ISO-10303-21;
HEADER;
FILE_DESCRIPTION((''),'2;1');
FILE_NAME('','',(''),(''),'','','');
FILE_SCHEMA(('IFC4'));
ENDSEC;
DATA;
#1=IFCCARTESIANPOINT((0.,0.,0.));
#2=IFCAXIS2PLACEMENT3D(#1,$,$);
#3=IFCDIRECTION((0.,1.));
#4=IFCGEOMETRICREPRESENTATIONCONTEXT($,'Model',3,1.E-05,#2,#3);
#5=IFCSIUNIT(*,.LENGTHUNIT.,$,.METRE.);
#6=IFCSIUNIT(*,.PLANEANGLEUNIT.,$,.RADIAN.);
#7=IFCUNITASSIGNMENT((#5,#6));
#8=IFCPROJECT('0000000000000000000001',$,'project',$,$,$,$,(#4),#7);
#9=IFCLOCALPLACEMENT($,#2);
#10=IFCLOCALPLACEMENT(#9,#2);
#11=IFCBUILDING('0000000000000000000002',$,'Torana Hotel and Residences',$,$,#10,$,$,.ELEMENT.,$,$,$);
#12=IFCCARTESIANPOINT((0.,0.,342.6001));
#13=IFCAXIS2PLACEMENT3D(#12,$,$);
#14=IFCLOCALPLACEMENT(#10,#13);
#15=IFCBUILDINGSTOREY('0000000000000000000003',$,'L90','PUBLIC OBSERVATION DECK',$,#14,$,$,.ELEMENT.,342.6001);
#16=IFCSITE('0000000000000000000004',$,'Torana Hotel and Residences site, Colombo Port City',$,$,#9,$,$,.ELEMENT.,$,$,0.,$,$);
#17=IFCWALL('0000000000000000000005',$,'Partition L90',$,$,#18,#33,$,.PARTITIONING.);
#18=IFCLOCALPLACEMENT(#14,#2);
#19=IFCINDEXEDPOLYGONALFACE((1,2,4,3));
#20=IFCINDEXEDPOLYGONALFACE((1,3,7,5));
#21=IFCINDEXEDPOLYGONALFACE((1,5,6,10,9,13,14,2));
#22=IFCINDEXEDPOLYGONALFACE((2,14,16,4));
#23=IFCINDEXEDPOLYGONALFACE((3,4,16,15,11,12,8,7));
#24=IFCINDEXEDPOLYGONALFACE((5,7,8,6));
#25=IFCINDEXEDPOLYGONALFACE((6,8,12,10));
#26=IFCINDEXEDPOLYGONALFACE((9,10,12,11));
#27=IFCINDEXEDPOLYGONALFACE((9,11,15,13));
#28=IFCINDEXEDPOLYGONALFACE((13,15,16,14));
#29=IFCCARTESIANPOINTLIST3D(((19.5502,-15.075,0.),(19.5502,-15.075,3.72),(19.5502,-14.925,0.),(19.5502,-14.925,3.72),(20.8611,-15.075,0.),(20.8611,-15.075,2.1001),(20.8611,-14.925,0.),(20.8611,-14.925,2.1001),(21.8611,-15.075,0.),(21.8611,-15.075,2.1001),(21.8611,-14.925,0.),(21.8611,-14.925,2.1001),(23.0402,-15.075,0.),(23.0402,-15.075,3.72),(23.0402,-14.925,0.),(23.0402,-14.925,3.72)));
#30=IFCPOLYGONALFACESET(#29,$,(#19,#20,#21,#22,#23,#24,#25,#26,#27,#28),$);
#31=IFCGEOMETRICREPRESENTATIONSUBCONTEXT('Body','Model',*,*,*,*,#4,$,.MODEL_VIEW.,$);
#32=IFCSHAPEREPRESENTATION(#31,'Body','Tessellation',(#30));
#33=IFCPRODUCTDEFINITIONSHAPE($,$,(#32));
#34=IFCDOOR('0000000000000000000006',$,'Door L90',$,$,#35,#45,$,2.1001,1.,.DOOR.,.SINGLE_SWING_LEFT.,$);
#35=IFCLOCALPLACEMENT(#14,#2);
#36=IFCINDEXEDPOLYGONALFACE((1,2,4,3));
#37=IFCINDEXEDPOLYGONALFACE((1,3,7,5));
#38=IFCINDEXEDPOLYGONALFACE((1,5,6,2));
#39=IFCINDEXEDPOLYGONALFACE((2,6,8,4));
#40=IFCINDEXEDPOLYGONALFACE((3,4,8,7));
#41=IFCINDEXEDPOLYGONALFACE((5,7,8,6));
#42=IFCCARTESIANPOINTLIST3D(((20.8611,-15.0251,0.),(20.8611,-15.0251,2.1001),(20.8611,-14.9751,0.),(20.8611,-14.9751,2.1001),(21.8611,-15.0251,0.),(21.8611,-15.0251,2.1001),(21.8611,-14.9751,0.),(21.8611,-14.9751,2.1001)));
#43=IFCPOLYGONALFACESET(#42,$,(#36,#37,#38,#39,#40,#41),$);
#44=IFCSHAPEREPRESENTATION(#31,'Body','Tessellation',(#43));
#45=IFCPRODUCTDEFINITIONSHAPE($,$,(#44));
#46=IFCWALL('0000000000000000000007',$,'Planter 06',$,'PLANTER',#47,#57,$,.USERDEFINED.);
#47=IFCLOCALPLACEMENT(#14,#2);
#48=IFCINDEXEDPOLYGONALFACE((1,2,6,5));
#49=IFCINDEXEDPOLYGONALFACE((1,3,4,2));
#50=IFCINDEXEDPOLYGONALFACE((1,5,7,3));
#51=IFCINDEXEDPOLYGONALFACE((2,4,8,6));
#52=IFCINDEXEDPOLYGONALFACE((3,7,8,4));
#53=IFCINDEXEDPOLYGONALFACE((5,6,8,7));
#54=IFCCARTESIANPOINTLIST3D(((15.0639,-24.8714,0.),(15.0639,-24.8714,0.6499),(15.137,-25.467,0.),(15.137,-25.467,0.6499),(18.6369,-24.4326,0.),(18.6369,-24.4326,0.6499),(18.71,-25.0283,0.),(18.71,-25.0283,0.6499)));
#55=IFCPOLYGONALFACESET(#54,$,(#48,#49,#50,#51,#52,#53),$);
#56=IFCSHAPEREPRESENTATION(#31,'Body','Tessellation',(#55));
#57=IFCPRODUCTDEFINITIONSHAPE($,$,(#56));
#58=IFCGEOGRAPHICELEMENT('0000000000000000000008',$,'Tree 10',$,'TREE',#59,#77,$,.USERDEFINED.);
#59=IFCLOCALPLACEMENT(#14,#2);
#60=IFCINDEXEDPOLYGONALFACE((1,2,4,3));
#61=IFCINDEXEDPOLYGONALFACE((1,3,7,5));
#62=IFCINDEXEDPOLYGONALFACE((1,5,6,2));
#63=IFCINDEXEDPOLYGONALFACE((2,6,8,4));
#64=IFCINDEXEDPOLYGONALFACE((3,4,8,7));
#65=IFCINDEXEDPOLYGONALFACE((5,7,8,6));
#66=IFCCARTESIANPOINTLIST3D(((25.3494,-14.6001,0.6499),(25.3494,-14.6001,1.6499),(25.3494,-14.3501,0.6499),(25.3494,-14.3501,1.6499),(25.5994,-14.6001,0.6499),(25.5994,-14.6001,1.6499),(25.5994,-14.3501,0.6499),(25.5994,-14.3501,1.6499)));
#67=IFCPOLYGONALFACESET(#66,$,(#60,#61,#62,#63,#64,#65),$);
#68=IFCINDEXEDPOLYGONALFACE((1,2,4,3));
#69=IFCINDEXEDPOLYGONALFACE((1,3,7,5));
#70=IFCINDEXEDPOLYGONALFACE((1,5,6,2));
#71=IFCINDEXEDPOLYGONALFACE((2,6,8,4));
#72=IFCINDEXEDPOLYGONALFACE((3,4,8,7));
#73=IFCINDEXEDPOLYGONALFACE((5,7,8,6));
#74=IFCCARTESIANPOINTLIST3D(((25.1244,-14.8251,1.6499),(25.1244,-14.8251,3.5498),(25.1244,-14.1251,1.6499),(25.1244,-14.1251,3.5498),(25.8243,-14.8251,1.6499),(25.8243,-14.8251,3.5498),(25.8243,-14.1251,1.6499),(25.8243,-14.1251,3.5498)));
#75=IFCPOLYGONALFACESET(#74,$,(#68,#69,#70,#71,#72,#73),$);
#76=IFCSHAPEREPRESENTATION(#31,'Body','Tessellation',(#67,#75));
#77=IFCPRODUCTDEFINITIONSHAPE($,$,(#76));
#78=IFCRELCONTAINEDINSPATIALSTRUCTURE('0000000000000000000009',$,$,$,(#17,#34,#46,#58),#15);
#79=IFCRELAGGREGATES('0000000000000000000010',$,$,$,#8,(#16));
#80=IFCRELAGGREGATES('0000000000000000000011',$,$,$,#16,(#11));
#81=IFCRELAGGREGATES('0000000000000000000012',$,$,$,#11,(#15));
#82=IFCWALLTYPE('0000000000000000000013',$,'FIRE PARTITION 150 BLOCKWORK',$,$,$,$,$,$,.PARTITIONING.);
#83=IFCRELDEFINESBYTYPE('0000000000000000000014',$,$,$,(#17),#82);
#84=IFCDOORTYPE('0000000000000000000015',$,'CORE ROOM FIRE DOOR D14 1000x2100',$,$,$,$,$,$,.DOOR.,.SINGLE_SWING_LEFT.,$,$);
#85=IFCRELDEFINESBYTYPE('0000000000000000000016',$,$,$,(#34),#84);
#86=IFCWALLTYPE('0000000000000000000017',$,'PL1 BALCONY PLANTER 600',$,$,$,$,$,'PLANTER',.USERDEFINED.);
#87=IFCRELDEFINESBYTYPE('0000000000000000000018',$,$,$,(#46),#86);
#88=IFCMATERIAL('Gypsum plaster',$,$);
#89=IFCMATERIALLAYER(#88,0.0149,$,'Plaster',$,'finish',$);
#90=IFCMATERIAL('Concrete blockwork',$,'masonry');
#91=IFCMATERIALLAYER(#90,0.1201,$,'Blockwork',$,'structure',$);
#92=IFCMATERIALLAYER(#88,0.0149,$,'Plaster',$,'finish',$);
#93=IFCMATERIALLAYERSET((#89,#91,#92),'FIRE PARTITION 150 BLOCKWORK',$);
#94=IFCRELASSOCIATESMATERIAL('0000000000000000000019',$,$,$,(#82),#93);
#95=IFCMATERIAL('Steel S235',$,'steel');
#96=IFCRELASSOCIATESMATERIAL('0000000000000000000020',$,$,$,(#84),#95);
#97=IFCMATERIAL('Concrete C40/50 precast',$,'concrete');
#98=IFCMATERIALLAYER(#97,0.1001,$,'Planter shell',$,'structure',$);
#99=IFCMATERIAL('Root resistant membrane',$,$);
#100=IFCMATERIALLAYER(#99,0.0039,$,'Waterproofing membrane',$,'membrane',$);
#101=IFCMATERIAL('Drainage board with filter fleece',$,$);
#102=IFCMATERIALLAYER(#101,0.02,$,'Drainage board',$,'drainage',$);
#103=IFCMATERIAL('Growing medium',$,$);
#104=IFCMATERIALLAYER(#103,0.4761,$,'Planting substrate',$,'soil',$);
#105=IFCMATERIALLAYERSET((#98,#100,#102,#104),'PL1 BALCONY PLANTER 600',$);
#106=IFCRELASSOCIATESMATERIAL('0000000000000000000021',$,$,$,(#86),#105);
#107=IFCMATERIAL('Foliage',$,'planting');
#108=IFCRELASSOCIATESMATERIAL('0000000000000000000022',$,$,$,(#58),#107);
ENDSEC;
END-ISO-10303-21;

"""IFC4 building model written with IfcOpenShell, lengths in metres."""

from ifc_helpers import new_model, si_unit, direction, frame, frame_2d, origin, origin_2d, place, context, subcontext, project, spatial, rectangle, extrude, material, layer, layer_set, type_object, element, fill, save


model = new_model("IFC4")

# Units and contexts
model_context = context("Model", 3, precision=1e-05, world=origin(), true_north=direction((0.0, 1.0)))
body_context = subcontext(model_context, "Body", "Model", "MODEL_VIEW")
ifc_project = project(units=[si_unit("LENGTHUNIT", "METRE"), si_unit("PLANEANGLEUNIT", "RADIAN")], contexts=[model_context])

# Site, building, storey
site_placement = place(None, origin())
site = spatial("IfcSite", under=ifc_project, at=site_placement, Name="Torana Hotel and Residences site, Colombo Port City", CompositionType="ELEMENT", RefElevation=0.0)
building_placement = place(site_placement, origin())
building = spatial("IfcBuilding", under=site, at=building_placement, Name="Torana Hotel and Residences", CompositionType="ELEMENT")
storey_placement = place(building_placement, frame((0.0, 0.0, 342.6001)))
storey = spatial("IfcBuildingStorey", under=building, at=storey_placement, Name="L90", Description="PUBLIC OBSERVATION DECK", CompositionType="ELEMENT", Elevation=342.6001)

# Wall, opening, door
ifc_material_1 = material(Name="Gypsum plaster")
ifc_layer_1 = layer(ifc_material_1, 0.0149, Name="Plaster", Category="finish")
ifc_material_2 = material(Name="Concrete blockwork", Category="masonry")
ifc_layer_2 = layer(ifc_material_2, 0.1201, Name="Blockwork", Category="structure")
ifc_layer_3 = layer(ifc_material_1, 0.0149, Name="Plaster", Category="finish")
ifc_layer_set_1 = layer_set([ifc_layer_1, ifc_layer_2, ifc_layer_3], Name="FIRE PARTITION 150 BLOCKWORK")
wall_type_1 = type_object("IfcWallType", Name="FIRE PARTITION 150 BLOCKWORK", PredefinedType="PARTITIONING", material=ifc_layer_set_1)
wall_1_placement = place(storey_placement, frame((19.55, -15.0, 0.0), z_axis=(0.0, 0.0, 1.0), x_axis=(1.0, 0.0, 0.0)))
wall_1 = element("IfcWall", 1, at=wall_1_placement, inside=storey, type_object=wall_type_1, Name="Partition L90", PredefinedType="PARTITIONING", context=body_context, shape_type="SweptSolid", body=[
    extrude(rectangle(XDim=3.49, YDim=0.1499, at=frame_2d((1.7451, 0.0))), origin(), (0.0, 0.0, 1.0), 3.72),
])
opening_1_placement = place(wall_1_placement, frame((1.311, 0.0, 0.0)))
opening_1 = element("IfcOpeningElement", 2, at=opening_1_placement, cuts=wall_1, PredefinedType="OPENING", context=body_context, shape_type="SweptSolid", body=[
    extrude(rectangle(XDim=1.0, YDim=2.1001, at=frame_2d((0.5, 1.05))), frame((0.0, 0.085, 0.0), z_axis=(0.0, -1.0, 0.0), x_axis=(1.0, 0.0, 0.0)), (0.0, 0.0, 1.0), 0.1699),
])
ifc_material_3 = material(Name="Steel S235", Category="steel")
door_type_1 = type_object("IfcDoorType", Name="CORE ROOM FIRE DOOR D14 1000x2100", OperationType="SINGLE_SWING_LEFT", PredefinedType="DOOR", material=ifc_material_3)
door_1_placement = place(opening_1_placement, origin())
door_1 = element("IfcDoor", 3, at=door_1_placement, inside=storey, type_object=door_type_1, Name="Door L90", OperationType="SINGLE_SWING_LEFT", OverallHeight=2.1001, OverallWidth=1.0, PredefinedType="DOOR", context=body_context, shape_type="SweptSolid", body=[
    extrude(rectangle(XDim=1.0, YDim=2.1001, at=frame_2d((0.5, 1.05))), frame((0.0, 0.0249, 0.0), z_axis=(0.0, -1.0, 0.0), x_axis=(1.0, 0.0, 0.0)), (0.0, 0.0, 1.0), 0.05),
])
fill(opening_1, door_1)

# Wall
ifc_material_4 = material(Name="Concrete C40/50 precast", Category="concrete")
ifc_layer_4 = layer(ifc_material_4, 0.1001, Name="Planter shell", Category="structure")
ifc_material_5 = material(Name="Root resistant membrane")
ifc_layer_5 = layer(ifc_material_5, 0.0039, Name="Waterproofing membrane", Category="membrane")
ifc_material_6 = material(Name="Drainage board with filter fleece")
ifc_layer_6 = layer(ifc_material_6, 0.02, Name="Drainage board", Category="drainage")
ifc_material_7 = material(Name="Growing medium")
ifc_layer_7 = layer(ifc_material_7, 0.4761, Name="Planting substrate", Category="soil")
ifc_layer_set_2 = layer_set([ifc_layer_4, ifc_layer_5, ifc_layer_6, ifc_layer_7], Name="PL1 BALCONY PLANTER 600")
wall_type_2 = type_object("IfcWallType", Name="PL1 BALCONY PLANTER 600", ElementType="PLANTER", PredefinedType="USERDEFINED", material=ifc_layer_set_2)
wall_2_placement = place(storey_placement, frame((18.6733, -24.7305, 0.0), z_axis=(0.0, 0.0, 1.0), x_axis=(-0.992546, -0.121873, 0.0)))
element("IfcWall", 4, at=wall_2_placement, inside=storey, type_object=wall_type_2, Name="Planter 06", ObjectType="PLANTER", PredefinedType="USERDEFINED", context=body_context, shape_type="SweptSolid", body=[
    extrude(rectangle(XDim=3.5999, YDim=0.6001, at=frame_2d((1.7998, 0.0))), origin(), (0.0, 0.0, 1.0), 0.6499),
])

# Geographic element
ifc_material_8 = material(Name="Foliage", Category="planting")
geographic_element_placement = place(storey_placement, frame((25.4744, -14.4751, 0.6499), z_axis=(0.0, 0.0, 1.0), x_axis=(1.0, 0.0, 0.0)))
element("IfcGeographicElement", 5, at=geographic_element_placement, inside=storey, material=ifc_material_8, Name="Tree 10", ObjectType="TREE", PredefinedType="USERDEFINED", context=body_context, shape_type="SweptSolid", body=[
    extrude(rectangle(XDim=0.25, YDim=0.25, at=origin_2d()), origin(), (0.0, 0.0, 1.0), 1.0),
    extrude(rectangle(XDim=0.7, YDim=0.7, at=origin_2d()), frame((0.0, 0.0, 1.0)), (0.0, 0.0, 1.0), 1.8999),
])

save(model, "model.ifc")
